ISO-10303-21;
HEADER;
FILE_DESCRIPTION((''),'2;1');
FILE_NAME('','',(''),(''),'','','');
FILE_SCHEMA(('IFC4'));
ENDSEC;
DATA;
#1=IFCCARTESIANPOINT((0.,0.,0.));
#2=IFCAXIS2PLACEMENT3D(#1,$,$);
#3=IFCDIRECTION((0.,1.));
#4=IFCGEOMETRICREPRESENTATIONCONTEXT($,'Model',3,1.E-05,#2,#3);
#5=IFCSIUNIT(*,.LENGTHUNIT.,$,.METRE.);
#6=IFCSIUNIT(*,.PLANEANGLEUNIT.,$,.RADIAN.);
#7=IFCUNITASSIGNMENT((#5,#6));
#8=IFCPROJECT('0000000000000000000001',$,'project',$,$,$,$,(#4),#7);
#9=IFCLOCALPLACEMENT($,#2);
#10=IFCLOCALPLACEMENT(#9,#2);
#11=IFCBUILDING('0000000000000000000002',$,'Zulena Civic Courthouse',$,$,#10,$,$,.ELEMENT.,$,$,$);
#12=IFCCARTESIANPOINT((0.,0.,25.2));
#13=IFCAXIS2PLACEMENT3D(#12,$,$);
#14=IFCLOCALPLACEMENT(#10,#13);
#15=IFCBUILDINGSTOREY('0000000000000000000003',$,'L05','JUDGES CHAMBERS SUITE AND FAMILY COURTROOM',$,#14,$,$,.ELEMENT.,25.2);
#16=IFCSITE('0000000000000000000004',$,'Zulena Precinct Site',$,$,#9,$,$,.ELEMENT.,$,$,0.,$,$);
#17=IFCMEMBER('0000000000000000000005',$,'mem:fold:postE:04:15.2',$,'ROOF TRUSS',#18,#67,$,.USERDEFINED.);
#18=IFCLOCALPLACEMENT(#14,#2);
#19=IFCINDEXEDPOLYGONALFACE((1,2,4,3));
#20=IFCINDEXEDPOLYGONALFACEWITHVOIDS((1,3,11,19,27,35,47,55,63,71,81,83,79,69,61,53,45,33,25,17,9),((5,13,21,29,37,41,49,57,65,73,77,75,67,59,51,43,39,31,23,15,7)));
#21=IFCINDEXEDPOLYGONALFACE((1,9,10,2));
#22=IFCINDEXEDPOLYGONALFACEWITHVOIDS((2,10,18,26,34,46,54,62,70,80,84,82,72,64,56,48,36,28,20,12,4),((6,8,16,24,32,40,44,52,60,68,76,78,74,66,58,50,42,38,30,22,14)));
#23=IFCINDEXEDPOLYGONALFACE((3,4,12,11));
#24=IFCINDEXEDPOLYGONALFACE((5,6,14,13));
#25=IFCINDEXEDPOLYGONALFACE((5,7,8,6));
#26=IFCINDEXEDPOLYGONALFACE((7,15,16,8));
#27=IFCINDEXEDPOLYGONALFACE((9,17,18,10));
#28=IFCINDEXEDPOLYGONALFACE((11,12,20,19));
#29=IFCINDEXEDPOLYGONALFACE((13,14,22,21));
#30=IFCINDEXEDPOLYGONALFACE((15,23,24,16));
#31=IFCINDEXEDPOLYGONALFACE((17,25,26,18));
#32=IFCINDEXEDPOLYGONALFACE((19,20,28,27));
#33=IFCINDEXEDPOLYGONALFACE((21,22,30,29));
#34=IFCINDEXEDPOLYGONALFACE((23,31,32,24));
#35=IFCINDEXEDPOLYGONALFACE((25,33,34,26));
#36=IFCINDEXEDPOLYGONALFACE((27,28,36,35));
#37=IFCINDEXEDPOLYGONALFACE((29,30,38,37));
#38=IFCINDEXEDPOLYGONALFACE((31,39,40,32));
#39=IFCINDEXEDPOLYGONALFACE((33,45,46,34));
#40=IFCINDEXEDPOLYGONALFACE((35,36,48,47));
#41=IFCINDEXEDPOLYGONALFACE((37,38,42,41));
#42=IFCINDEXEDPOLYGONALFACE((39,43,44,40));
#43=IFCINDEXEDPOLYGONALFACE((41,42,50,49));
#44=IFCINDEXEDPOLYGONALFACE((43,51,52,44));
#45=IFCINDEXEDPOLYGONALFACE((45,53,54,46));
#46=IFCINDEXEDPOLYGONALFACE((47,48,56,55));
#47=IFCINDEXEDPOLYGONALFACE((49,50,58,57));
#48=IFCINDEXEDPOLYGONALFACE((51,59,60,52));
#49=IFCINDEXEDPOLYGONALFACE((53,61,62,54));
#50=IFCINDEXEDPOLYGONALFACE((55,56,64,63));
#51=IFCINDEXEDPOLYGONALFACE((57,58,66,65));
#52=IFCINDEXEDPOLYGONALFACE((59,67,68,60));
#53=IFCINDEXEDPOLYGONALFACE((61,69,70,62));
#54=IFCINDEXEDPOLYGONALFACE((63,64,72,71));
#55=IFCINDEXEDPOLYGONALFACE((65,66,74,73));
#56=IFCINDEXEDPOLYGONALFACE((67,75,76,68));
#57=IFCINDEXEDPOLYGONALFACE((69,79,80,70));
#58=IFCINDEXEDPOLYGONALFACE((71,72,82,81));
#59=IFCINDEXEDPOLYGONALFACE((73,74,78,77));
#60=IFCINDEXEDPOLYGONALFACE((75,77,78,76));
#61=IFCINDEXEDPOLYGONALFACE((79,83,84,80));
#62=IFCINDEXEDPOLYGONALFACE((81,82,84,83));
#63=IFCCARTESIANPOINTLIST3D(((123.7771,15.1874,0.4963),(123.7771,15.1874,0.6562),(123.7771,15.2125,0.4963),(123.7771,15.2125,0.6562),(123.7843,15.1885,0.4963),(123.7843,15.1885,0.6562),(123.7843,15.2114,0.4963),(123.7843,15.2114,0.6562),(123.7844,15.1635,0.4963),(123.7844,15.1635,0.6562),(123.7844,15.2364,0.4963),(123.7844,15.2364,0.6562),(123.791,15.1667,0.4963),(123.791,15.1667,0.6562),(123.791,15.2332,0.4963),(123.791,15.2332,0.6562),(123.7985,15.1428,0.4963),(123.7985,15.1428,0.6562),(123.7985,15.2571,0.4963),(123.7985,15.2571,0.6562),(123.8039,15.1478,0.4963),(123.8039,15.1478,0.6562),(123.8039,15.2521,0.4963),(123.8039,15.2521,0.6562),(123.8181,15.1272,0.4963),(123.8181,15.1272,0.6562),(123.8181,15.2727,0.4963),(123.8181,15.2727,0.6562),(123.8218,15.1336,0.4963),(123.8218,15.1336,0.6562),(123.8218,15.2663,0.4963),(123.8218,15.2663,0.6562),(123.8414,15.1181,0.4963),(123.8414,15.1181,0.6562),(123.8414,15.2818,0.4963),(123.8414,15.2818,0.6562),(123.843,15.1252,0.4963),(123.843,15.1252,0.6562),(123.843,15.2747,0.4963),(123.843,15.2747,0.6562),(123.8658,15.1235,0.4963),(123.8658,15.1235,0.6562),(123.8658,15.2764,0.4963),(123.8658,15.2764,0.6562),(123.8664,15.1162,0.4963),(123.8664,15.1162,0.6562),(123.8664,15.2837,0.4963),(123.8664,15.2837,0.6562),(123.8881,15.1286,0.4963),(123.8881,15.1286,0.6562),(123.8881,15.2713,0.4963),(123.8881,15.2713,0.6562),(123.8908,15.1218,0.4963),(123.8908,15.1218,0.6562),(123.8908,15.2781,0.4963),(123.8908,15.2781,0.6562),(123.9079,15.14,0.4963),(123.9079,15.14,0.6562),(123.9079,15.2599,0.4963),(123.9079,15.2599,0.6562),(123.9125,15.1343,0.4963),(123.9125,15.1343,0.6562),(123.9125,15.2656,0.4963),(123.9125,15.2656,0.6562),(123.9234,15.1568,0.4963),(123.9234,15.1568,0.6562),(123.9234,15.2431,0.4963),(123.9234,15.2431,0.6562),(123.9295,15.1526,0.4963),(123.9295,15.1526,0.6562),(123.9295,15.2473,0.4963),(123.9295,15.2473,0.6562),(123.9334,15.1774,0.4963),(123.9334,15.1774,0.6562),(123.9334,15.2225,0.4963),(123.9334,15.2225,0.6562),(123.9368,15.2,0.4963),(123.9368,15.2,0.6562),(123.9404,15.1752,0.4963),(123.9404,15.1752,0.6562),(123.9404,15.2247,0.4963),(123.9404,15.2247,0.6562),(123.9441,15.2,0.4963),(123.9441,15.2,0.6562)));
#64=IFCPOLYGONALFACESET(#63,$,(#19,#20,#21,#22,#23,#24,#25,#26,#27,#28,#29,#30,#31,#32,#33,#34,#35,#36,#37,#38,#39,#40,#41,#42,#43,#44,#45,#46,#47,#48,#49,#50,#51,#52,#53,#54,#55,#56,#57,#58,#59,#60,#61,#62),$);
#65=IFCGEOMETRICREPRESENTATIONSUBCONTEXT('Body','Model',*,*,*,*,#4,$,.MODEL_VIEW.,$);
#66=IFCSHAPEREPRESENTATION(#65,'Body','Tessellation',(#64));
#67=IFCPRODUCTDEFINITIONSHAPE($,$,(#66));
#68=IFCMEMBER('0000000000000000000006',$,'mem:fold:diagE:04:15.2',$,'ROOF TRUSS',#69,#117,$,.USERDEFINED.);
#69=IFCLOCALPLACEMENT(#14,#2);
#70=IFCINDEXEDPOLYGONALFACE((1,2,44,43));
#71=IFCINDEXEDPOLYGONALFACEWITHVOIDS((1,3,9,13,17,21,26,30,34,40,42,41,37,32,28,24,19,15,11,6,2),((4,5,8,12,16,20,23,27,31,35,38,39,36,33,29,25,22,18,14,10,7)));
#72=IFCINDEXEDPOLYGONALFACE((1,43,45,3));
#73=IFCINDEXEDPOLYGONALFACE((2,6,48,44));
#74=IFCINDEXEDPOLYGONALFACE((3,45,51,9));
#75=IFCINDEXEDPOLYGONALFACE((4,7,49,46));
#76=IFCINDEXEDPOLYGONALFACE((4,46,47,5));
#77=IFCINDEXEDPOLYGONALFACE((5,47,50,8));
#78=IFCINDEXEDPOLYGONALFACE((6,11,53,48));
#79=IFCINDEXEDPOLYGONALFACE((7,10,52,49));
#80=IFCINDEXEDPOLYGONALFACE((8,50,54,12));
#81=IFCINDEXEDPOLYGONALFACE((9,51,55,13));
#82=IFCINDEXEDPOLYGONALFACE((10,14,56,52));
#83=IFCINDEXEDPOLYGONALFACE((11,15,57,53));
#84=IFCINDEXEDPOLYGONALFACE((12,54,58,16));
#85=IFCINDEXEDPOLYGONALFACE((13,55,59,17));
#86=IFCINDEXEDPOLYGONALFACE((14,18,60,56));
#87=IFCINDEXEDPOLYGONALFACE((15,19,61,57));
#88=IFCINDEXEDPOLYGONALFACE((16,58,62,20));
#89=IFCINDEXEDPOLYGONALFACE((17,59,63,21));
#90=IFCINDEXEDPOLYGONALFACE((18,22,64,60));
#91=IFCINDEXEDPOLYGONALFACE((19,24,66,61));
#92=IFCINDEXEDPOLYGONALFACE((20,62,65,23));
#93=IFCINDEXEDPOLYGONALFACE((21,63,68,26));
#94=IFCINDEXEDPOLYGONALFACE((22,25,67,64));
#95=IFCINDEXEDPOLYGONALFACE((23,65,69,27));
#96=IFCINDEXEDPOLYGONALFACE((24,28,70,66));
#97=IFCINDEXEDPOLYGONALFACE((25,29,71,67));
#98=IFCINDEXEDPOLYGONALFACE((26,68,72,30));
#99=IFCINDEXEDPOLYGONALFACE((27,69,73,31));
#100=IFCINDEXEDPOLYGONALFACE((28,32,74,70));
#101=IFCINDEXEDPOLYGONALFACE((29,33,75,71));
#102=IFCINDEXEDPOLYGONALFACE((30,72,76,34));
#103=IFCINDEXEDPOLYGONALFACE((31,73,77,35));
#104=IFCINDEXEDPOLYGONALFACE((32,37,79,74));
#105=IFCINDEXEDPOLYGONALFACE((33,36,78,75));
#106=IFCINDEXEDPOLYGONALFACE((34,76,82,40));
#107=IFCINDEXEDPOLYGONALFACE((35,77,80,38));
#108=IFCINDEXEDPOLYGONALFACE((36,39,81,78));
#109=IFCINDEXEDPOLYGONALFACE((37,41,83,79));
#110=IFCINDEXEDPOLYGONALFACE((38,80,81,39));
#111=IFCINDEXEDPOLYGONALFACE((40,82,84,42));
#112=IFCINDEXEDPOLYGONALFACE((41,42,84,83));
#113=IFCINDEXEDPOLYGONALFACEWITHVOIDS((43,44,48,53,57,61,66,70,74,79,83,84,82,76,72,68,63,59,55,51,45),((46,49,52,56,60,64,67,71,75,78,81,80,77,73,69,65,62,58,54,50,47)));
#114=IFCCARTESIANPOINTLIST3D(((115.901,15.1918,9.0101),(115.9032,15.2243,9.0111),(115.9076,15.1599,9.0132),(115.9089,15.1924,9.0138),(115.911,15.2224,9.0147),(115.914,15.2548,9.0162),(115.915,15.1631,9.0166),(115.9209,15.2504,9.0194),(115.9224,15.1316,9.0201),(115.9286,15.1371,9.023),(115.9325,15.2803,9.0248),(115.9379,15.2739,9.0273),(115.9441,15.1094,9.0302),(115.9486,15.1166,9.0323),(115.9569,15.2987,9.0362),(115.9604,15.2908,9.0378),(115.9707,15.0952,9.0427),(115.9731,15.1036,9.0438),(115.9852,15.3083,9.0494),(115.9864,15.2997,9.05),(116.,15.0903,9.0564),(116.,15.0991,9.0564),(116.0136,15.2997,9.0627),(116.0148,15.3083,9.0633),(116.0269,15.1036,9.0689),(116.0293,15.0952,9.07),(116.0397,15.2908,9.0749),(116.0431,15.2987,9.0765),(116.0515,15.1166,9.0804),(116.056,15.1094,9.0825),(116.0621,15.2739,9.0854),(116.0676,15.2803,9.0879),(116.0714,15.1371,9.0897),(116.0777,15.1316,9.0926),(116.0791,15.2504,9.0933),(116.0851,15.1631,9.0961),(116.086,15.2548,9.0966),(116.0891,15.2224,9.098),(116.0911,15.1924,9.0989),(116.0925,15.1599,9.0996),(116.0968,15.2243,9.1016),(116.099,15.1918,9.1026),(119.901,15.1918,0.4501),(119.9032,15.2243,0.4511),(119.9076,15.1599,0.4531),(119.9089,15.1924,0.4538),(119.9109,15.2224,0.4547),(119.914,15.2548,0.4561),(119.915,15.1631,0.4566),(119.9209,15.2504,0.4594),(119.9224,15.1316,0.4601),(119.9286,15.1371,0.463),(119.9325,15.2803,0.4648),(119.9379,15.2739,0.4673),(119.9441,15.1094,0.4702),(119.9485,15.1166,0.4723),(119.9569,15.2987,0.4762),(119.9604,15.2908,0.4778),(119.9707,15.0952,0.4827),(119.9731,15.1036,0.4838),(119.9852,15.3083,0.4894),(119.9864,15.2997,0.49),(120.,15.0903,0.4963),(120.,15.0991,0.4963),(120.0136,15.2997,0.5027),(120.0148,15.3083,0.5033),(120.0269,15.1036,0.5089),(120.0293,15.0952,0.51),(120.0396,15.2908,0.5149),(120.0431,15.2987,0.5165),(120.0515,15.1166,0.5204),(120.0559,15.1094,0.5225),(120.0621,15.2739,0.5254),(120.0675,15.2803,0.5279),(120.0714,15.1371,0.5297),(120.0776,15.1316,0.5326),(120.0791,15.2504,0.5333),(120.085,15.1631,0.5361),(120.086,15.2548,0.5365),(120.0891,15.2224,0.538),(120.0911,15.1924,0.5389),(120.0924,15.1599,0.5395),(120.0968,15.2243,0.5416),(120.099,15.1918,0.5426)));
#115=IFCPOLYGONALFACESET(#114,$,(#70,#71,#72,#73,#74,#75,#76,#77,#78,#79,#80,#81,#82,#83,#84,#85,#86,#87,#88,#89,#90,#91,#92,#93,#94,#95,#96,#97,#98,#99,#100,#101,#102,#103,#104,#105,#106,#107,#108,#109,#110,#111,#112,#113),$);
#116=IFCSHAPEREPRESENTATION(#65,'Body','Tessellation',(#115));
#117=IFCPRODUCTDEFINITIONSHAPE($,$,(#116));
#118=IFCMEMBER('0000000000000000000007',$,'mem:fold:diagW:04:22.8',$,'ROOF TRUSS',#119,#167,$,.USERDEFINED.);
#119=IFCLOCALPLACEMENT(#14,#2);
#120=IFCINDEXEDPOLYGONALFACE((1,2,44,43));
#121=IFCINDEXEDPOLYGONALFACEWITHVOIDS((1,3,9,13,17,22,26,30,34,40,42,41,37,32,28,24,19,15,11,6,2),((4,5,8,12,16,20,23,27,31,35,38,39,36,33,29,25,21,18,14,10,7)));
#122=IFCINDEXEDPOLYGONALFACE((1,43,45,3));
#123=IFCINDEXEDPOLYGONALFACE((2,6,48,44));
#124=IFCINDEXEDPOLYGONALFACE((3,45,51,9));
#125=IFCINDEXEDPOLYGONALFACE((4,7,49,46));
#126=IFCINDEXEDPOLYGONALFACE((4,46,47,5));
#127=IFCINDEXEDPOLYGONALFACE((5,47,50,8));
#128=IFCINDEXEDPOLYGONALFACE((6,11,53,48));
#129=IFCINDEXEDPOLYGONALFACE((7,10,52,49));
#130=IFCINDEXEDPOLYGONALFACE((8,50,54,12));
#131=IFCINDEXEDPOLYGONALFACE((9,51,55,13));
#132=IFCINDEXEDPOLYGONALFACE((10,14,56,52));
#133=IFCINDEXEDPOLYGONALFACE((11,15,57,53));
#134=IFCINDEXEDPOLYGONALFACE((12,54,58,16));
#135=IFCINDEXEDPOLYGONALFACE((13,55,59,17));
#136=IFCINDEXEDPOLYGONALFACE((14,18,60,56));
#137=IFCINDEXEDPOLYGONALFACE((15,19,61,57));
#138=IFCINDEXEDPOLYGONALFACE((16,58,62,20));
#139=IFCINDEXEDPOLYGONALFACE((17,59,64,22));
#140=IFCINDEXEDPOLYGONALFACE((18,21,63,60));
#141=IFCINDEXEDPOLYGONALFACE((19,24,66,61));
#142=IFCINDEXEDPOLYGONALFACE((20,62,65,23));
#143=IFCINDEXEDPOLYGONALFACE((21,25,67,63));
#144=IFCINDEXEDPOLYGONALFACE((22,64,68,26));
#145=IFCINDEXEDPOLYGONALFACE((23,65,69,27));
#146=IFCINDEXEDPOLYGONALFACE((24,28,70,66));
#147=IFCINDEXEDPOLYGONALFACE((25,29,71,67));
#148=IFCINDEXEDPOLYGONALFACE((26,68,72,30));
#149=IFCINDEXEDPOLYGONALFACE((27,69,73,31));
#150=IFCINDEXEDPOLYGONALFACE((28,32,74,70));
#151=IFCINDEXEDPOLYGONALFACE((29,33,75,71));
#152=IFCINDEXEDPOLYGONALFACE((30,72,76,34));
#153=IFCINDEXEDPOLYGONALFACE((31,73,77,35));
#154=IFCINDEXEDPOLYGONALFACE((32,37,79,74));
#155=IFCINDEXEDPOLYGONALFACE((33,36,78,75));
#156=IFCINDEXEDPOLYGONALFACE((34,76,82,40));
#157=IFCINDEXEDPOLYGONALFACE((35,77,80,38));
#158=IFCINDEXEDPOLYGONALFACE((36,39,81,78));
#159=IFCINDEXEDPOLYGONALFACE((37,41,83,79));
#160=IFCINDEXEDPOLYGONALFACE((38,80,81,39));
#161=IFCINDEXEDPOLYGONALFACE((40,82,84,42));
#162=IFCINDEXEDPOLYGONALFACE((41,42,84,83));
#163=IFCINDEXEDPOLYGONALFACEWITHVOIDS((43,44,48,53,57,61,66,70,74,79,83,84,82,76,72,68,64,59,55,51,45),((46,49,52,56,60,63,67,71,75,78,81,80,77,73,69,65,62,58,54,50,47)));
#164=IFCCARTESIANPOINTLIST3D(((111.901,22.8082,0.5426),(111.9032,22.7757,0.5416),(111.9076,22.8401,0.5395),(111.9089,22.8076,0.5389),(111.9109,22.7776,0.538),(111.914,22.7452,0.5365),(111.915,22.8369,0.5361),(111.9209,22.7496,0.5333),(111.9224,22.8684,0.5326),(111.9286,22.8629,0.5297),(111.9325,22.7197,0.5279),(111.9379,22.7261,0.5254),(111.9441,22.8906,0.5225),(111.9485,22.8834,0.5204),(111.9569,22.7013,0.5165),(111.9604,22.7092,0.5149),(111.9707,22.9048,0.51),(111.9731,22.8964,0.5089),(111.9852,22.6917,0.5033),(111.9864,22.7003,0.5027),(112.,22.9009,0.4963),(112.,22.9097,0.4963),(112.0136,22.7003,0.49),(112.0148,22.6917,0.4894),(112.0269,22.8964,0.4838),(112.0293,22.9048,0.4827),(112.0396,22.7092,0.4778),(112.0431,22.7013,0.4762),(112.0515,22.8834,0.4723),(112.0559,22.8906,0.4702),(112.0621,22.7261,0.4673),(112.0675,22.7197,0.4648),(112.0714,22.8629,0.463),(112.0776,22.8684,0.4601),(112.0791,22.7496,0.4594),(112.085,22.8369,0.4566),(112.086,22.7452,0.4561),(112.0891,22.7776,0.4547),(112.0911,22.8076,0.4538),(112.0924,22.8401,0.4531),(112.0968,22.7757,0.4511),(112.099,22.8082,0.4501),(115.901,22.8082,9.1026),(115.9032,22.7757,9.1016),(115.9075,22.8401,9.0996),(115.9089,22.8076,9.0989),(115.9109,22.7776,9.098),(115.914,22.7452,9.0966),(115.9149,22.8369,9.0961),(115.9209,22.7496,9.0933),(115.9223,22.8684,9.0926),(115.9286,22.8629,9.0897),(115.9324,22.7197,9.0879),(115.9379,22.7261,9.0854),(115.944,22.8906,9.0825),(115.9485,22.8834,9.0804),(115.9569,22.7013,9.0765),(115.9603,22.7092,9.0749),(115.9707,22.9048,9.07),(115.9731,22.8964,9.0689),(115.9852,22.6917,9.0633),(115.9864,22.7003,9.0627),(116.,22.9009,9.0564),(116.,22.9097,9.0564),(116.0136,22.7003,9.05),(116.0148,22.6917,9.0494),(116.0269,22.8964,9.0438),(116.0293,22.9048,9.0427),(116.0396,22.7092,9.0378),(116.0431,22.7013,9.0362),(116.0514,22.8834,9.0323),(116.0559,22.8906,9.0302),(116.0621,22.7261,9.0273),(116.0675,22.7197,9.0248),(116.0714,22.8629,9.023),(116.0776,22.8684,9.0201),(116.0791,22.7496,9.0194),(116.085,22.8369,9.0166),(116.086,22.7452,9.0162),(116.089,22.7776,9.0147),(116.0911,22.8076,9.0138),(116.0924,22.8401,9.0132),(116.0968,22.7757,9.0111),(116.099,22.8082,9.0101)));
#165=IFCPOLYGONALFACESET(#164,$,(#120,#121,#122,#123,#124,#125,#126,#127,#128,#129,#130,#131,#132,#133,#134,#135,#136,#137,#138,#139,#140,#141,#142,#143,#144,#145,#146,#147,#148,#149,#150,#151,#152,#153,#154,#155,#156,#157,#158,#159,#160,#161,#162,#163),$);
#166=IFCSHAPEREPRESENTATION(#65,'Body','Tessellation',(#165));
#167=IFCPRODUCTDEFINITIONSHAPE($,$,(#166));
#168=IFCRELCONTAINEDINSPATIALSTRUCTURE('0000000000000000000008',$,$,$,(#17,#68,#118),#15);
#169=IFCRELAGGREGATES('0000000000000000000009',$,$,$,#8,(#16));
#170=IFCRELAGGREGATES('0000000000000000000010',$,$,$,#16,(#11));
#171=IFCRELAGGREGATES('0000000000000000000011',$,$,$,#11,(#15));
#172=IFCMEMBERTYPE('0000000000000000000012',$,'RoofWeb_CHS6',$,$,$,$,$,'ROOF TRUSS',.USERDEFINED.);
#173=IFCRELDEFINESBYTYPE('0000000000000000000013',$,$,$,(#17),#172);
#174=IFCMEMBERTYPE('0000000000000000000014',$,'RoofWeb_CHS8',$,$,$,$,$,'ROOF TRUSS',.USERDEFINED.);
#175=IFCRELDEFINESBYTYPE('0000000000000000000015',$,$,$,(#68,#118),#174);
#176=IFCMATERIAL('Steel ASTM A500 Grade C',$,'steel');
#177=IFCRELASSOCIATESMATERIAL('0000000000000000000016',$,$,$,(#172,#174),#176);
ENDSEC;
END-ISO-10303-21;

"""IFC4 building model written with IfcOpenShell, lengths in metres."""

from ifc_helpers import new_model, si_unit, direction, frame, origin, origin_2d, place, context, subcontext, project, spatial, hollow_circle, extrude, material, material_profile, profile_set, type_object, element, save


model = new_model("IFC4")

# Units and contexts
model_context = context("Model", 3, precision=1e-05, world=origin(), true_north=direction((0.0, 1.0)))
body_context = subcontext(model_context, "Body", "Model", "MODEL_VIEW")
ifc_project = project(units=[si_unit("LENGTHUNIT", "METRE"), si_unit("PLANEANGLEUNIT", "RADIAN")], contexts=[model_context])

# Site, building, storey
site_placement = place(None, origin())
site = spatial("IfcSite", under=ifc_project, at=site_placement, Name="Zulena Precinct Site", CompositionType="ELEMENT", RefElevation=0.0)
building_placement = place(site_placement, origin())
building = spatial("IfcBuilding", under=site, at=building_placement, Name="Zulena Civic Courthouse", CompositionType="ELEMENT")
storey_placement = place(building_placement, frame((0.0, 0.0, 25.2)))
storey = spatial("IfcBuildingStorey", under=building, at=storey_placement, Name="L05", Description="JUDGES CHAMBERS SUITE AND FAMILY COURTROOM", CompositionType="ELEMENT", Elevation=25.2)

# Members
ifc_material_1 = material(Name="Steel ASTM A500 Grade C", Category="steel")
ifc_material_profile_1 = material_profile(ifc_material_1, hollow_circle(Radius=0.084, WallThickness=0.0073, at=origin_2d()), Name="HSS6.625X0.312")
ifc_profile_set_1 = profile_set([ifc_material_profile_1], Name="Steel ASTM A500 Grade C")
member_type_1 = type_object("IfcMemberType", Name="RoofWeb_CHS6", ElementType="ROOF TRUSS", PredefinedType="USERDEFINED", material=ifc_profile_set_1)
member_placement = place(storey_placement, frame((123.8601, 15.2, 0.4963), z_axis=(0.0, 0.0, 1.0), x_axis=(1.0, 0.0, 0.0)))
element("IfcMember", 1, at=member_placement, inside=storey, type_object=member_type_1, Name="mem:fold:postE:04:15.2", ObjectType="ROOF TRUSS", PredefinedType="USERDEFINED", context=body_context, shape_type="SweptSolid", body=[
    extrude(hollow_circle(Radius=0.084, WallThickness=0.0073, at=origin_2d()), origin(), (0.0, 0.0, 1.0), 0.1599),
])
ifc_material_profile_2 = material_profile(ifc_material_1, hollow_circle(Radius=0.1096, WallThickness=0.0088, at=origin_2d()), Name="HSS8.625X0.375")
ifc_profile_set_2 = profile_set([ifc_material_profile_2], Name="Steel ASTM A500 Grade C")
member_type_2 = type_object("IfcMemberType", Name="RoofWeb_CHS8", ElementType="ROOF TRUSS", PredefinedType="USERDEFINED", material=ifc_profile_set_2)
for number, where, z_axis, x_axis, name in (
    (2, (120.0, 15.2, 0.4963), (-0.423347, 0.0, 0.905968), (0.0, -1.0, 0.0), "mem:fold:diagE:04:15.2"),
    (3, (112.0, 22.8, 0.4963), (0.423347, 0.0, 0.905968), (0.0, 1.0, 0.0), "mem:fold:diagW:04:22.8"),
):
    element("IfcMember", number, at=place(storey_placement, frame(where, z_axis=z_axis, x_axis=x_axis)), inside=storey, type_object=member_type_2, Name=name, ObjectType="ROOF TRUSS", PredefinedType="USERDEFINED", context=body_context, shape_type="SweptSolid", body=[
        extrude(hollow_circle(Radius=0.1096, WallThickness=0.0088, at=origin_2d()), origin(), (0.0, 0.0, 1.0), 9.4485),
    ])

save(model, "model.ifc")
